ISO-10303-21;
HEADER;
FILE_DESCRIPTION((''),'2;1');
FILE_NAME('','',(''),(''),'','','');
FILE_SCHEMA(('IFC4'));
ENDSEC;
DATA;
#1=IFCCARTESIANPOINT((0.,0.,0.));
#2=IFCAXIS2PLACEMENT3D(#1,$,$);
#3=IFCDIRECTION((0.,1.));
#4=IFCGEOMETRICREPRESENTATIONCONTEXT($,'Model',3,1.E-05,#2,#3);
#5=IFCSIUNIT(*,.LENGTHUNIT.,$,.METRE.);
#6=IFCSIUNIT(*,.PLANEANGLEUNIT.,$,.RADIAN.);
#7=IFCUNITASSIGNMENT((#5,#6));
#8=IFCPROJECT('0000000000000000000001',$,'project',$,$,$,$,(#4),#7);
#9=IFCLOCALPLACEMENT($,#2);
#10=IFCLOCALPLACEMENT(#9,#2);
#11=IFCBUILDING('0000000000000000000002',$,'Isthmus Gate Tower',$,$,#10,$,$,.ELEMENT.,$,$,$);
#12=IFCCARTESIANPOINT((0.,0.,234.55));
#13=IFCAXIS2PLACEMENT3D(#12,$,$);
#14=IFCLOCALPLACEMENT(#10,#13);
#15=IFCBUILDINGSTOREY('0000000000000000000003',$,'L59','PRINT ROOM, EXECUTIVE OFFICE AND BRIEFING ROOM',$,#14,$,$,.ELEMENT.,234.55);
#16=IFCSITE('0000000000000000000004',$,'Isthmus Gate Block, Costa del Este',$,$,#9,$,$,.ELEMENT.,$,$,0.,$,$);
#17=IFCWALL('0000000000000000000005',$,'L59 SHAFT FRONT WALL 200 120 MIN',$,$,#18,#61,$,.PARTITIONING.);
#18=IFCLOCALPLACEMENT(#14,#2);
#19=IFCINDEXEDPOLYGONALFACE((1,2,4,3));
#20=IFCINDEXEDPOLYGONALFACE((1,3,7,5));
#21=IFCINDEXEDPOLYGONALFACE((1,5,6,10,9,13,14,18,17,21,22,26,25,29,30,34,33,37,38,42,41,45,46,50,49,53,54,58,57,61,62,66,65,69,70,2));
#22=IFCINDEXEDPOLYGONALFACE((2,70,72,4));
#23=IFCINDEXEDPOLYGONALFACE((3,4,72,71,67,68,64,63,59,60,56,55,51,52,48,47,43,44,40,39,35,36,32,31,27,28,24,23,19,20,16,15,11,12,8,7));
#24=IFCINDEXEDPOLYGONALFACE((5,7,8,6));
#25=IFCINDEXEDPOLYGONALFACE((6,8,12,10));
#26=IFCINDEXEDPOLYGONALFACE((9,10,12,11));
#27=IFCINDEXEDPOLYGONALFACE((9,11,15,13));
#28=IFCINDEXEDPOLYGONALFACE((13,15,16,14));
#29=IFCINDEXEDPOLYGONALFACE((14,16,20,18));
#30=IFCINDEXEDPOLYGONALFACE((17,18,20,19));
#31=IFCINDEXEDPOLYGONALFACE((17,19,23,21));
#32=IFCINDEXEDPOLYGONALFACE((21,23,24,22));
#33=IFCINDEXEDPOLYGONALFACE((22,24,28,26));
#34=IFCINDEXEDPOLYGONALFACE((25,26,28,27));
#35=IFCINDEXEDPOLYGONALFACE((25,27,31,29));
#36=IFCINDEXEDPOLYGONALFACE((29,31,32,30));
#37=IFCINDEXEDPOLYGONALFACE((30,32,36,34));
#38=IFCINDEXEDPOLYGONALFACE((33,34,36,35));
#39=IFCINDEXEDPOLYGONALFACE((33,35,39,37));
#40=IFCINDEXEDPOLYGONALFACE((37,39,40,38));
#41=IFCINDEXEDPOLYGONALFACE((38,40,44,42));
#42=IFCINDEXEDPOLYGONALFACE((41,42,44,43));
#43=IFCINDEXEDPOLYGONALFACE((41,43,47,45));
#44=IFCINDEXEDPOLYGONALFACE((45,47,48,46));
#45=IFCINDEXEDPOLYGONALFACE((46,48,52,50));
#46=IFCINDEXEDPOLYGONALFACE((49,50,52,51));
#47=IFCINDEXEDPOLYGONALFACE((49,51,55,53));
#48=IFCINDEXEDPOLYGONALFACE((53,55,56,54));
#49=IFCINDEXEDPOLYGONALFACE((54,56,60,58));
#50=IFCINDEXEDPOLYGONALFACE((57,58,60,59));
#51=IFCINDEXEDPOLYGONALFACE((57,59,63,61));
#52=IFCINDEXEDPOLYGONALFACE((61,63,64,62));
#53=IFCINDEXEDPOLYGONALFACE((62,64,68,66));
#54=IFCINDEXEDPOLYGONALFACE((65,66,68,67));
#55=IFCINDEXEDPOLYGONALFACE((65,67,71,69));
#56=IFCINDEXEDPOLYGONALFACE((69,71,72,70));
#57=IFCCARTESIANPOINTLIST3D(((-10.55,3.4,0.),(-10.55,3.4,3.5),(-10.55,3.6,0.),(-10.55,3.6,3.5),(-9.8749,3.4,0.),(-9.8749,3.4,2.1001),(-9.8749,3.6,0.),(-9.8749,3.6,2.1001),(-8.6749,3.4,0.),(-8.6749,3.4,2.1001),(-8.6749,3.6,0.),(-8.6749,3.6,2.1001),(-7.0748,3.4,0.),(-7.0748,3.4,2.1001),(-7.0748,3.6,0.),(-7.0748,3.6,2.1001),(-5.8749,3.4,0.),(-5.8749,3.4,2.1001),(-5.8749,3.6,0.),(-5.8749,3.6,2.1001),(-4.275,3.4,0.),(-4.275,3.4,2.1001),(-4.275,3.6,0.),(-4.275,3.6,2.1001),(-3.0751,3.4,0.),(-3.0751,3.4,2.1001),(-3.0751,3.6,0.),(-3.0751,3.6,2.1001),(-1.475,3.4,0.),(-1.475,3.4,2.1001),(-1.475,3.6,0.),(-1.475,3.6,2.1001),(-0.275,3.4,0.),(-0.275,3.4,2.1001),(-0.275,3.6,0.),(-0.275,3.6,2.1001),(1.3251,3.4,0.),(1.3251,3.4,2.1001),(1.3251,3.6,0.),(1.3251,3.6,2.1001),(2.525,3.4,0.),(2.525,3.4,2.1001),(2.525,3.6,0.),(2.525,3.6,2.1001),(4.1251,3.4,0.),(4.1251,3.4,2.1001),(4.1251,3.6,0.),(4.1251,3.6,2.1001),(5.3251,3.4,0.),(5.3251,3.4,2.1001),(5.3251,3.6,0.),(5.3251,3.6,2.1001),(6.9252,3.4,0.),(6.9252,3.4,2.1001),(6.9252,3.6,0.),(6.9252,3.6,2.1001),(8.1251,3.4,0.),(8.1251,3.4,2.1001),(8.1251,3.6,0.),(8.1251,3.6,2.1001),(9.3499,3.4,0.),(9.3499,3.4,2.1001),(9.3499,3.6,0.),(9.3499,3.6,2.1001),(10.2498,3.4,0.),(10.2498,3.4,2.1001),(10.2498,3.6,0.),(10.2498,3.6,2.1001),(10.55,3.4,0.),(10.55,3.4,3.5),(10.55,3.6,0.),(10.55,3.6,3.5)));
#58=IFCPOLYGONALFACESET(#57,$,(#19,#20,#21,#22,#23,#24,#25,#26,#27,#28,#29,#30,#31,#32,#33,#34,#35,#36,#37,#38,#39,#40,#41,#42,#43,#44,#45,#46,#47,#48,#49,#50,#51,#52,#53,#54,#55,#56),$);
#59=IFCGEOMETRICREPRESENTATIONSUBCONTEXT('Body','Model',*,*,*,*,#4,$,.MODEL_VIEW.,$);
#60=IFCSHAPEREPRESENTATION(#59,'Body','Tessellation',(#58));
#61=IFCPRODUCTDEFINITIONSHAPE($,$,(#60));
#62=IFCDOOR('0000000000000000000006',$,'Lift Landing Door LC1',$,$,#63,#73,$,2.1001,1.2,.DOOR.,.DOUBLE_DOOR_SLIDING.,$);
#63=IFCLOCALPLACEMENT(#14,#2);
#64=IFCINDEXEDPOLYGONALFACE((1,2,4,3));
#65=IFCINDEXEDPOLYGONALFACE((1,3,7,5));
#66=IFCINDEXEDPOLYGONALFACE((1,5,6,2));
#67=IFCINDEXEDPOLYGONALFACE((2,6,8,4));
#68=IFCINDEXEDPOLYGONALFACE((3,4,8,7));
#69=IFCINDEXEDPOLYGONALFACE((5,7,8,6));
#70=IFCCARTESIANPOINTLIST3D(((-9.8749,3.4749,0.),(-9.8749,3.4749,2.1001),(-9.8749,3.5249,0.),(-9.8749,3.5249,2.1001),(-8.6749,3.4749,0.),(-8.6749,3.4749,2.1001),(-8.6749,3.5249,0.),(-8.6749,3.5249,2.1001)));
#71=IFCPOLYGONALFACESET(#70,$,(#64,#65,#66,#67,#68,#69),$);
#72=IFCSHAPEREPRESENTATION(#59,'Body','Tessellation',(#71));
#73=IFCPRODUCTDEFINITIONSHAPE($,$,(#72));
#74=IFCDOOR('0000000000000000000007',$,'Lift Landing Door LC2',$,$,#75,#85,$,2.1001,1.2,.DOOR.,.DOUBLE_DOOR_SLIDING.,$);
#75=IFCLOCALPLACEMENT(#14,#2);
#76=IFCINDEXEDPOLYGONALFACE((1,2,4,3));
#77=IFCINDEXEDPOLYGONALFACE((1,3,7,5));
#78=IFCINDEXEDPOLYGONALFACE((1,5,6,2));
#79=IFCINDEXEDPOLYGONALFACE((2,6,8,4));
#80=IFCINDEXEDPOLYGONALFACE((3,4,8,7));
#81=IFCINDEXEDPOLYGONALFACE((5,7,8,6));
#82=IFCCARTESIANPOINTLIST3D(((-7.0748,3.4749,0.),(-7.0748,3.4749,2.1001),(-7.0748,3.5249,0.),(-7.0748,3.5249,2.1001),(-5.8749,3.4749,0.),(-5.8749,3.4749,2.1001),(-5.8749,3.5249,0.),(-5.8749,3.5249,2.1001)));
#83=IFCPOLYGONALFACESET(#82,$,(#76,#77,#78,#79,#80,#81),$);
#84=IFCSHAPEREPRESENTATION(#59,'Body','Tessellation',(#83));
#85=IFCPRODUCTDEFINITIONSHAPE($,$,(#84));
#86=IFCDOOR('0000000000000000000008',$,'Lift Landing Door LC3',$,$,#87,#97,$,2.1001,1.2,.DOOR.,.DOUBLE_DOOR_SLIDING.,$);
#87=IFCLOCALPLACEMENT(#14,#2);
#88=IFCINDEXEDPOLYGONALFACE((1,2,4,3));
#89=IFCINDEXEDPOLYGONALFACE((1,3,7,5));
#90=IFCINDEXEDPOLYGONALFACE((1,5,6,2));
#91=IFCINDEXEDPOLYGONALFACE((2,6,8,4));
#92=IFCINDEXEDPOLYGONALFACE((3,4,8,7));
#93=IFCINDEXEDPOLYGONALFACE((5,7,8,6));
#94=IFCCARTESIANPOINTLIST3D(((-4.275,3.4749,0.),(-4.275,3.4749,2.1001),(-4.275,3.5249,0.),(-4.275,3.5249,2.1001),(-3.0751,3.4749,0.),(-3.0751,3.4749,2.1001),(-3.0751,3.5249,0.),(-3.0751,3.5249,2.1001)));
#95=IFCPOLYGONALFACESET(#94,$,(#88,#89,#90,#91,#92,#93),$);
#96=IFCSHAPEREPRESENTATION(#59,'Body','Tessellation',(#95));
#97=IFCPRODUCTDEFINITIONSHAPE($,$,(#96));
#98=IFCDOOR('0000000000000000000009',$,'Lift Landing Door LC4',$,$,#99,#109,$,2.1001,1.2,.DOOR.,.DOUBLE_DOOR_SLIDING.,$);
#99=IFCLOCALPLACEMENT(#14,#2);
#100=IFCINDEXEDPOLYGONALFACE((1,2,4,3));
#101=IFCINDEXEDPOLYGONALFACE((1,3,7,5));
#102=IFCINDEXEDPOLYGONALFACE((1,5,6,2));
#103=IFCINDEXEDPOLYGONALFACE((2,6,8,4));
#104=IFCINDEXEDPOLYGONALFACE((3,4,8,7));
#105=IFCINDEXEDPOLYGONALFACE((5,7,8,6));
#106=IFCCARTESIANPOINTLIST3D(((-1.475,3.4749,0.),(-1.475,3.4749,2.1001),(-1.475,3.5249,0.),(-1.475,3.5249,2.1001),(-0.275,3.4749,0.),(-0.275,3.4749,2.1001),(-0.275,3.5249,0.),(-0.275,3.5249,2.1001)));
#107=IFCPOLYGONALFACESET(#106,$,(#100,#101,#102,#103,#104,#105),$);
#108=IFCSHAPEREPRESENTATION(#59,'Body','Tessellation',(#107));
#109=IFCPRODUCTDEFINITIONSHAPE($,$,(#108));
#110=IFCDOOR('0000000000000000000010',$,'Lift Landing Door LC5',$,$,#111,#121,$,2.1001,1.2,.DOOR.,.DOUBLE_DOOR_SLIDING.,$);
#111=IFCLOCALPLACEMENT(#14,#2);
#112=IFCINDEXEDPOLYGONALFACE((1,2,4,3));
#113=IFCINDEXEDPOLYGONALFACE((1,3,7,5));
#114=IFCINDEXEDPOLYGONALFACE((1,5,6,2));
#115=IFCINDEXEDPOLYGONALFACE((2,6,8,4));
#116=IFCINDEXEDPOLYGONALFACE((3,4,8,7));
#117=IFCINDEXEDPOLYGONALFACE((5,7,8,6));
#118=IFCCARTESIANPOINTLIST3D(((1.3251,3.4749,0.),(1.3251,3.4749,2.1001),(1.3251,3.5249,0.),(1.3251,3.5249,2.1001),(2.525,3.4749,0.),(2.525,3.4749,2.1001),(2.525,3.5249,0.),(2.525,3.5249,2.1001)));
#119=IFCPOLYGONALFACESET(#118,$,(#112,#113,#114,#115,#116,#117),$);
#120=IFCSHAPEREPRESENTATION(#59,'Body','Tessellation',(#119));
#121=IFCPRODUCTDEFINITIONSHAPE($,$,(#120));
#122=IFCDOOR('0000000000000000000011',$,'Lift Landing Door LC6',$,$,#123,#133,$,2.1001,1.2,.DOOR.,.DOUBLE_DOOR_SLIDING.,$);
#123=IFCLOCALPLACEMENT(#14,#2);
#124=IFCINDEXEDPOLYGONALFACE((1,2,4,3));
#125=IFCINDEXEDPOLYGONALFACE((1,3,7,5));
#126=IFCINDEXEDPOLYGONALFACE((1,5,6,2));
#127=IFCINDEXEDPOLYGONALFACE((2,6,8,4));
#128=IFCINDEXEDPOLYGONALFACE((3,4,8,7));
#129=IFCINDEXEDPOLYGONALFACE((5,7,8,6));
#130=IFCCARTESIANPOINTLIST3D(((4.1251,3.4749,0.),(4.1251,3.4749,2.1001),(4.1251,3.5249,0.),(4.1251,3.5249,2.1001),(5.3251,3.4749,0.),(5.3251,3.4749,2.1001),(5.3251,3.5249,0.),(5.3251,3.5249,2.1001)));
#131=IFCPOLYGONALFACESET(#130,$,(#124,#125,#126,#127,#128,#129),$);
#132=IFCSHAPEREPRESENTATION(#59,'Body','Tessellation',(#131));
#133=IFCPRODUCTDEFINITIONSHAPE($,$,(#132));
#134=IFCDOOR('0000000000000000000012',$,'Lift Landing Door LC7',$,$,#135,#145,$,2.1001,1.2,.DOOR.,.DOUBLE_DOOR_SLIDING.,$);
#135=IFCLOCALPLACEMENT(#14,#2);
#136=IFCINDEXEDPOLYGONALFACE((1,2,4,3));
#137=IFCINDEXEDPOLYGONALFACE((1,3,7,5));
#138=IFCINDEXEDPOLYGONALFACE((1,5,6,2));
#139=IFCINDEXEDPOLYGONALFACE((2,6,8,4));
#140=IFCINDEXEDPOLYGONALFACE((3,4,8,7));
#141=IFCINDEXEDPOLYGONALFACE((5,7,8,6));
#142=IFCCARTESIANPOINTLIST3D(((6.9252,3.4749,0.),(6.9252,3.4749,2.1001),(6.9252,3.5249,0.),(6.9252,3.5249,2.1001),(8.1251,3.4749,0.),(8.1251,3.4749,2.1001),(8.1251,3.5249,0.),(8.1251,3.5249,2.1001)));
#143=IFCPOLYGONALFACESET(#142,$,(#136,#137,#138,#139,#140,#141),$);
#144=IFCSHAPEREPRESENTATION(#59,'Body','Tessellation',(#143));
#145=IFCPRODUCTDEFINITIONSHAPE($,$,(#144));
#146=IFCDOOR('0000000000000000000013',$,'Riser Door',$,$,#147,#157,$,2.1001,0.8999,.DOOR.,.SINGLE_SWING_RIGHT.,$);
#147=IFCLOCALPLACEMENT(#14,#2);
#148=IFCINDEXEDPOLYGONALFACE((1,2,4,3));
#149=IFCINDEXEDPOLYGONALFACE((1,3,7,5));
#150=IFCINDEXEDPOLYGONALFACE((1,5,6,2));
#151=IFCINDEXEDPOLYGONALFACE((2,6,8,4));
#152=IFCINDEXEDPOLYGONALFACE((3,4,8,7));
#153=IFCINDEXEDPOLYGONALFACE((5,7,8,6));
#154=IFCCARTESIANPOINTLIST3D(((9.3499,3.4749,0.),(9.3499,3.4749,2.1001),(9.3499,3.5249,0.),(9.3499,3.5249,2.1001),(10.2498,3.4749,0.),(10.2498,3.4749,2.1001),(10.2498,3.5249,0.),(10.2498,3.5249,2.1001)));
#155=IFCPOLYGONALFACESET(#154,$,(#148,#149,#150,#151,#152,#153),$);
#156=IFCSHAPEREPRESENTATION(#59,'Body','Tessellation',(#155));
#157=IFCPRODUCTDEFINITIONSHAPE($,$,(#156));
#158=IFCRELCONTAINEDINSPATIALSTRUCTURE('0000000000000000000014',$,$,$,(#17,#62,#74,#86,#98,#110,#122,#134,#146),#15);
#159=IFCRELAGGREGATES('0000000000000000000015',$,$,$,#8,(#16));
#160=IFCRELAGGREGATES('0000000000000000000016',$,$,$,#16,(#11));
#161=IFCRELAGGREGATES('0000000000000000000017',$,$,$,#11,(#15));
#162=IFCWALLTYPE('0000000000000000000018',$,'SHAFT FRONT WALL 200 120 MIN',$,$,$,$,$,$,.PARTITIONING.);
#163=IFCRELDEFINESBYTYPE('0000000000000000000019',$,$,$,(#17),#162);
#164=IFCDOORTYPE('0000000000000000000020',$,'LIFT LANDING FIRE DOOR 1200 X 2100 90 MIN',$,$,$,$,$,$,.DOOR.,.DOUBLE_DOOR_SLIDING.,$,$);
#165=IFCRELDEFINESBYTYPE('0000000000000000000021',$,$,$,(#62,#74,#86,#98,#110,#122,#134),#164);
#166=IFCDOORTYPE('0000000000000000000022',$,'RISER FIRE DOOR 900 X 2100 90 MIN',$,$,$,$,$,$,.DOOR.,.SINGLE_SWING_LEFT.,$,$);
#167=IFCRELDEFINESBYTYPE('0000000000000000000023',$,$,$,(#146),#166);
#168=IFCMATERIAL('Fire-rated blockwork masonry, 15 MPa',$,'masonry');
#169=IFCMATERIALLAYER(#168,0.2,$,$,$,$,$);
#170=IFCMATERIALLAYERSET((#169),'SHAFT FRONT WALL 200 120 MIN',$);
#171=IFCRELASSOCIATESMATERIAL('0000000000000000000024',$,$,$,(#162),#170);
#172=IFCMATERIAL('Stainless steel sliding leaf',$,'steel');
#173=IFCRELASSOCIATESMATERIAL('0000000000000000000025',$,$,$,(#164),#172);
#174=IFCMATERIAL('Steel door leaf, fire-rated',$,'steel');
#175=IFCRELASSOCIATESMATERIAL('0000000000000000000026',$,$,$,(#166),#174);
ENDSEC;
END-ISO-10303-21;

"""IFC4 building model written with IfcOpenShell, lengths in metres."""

from ifc_helpers import new_model, si_unit, direction, frame, frame_2d, origin, place, context, subcontext, project, spatial, rectangle, extrude, material, layer, layer_set, type_object, element, fill, save


model = new_model("IFC4")

# Units and contexts
model_context = context("Model", 3, precision=1e-05, world=origin(), true_north=direction((0.0, 1.0)))
body_context = subcontext(model_context, "Body", "Model", "MODEL_VIEW")
ifc_project = project(units=[si_unit("LENGTHUNIT", "METRE"), si_unit("PLANEANGLEUNIT", "RADIAN")], contexts=[model_context])

# Site, building, storey
site_placement = place(None, origin())
site = spatial("IfcSite", under=ifc_project, at=site_placement, Name="Isthmus Gate Block, Costa del Este", CompositionType="ELEMENT", RefElevation=0.0)
building_placement = place(site_placement, origin())
building = spatial("IfcBuilding", under=site, at=building_placement, Name="Isthmus Gate Tower", CompositionType="ELEMENT")
storey_placement = place(building_placement, frame((0.0, 0.0, 234.55)))
storey = spatial("IfcBuildingStorey", under=building, at=storey_placement, Name="L59", Description="PRINT ROOM, EXECUTIVE OFFICE AND BRIEFING ROOM", CompositionType="ELEMENT", Elevation=234.55)

# Wall, openings, doors
ifc_material_1 = material(Name="Fire-rated blockwork masonry, 15 MPa", Category="masonry")
ifc_layer_1 = layer(ifc_material_1, 0.2)
ifc_layer_set_1 = layer_set([ifc_layer_1], Name="SHAFT FRONT WALL 200 120 MIN")
wall_type_1 = type_object("IfcWallType", Name="SHAFT FRONT WALL 200 120 MIN", PredefinedType="PARTITIONING", material=ifc_layer_set_1)
wall_1_placement = place(storey_placement, frame((-10.55, 3.5, 0.0), z_axis=(0.0, 0.0, 1.0), x_axis=(1.0, 0.0, 0.0)))
wall_1 = element("IfcWall", 1, at=wall_1_placement, inside=storey, type_object=wall_type_1, Name="L59 SHAFT FRONT WALL 200 120 MIN", PredefinedType="PARTITIONING", context=body_context, shape_type="SweptSolid", body=[
    extrude(rectangle(XDim=21.1001, YDim=0.2, at=frame_2d((10.55, 0.0))), origin(), (0.0, 0.0, 1.0), 3.5),
])
opening_1_placement = place(wall_1_placement, frame((0.675, 0.0, 0.0)))
opening_1 = element("IfcOpeningElement", 2, at=opening_1_placement, cuts=wall_1, PredefinedType="OPENING", context=body_context, shape_type="SweptSolid", body=[
    extrude(rectangle(XDim=1.2, YDim=2.1001, at=frame_2d((0.6001, 1.05))), frame((0.0, 0.1099, 0.0), z_axis=(0.0, -1.0, 0.0), x_axis=(1.0, 0.0, 0.0)), (0.0, 0.0, 1.0), 0.22),
])
opening_2_placement = place(wall_1_placement, frame((3.4751, 0.0, 0.0)))
opening_2 = element("IfcOpeningElement", 3, at=opening_2_placement, cuts=wall_1, PredefinedType="OPENING", context=body_context, shape_type="SweptSolid", body=[
    extrude(rectangle(XDim=1.2, YDim=2.1001, at=frame_2d((0.6001, 1.05))), frame((0.0, 0.1099, 0.0), z_axis=(0.0, -1.0, 0.0), x_axis=(1.0, 0.0, 0.0)), (0.0, 0.0, 1.0), 0.22),
])
opening_3_placement = place(wall_1_placement, frame((6.2749, 0.0, 0.0)))
opening_3 = element("IfcOpeningElement", 4, at=opening_3_placement, cuts=wall_1, PredefinedType="OPENING", context=body_context, shape_type="SweptSolid", body=[
    extrude(rectangle(XDim=1.2, YDim=2.1001, at=frame_2d((0.6001, 1.05))), frame((0.0, 0.1099, 0.0), z_axis=(0.0, -1.0, 0.0), x_axis=(1.0, 0.0, 0.0)), (0.0, 0.0, 1.0), 0.22),
])
opening_4_placement = place(wall_1_placement, frame((9.075, 0.0, 0.0)))
opening_4 = element("IfcOpeningElement", 5, at=opening_4_placement, cuts=wall_1, PredefinedType="OPENING", context=body_context, shape_type="SweptSolid", body=[
    extrude(rectangle(XDim=1.2, YDim=2.1001, at=frame_2d((0.6001, 1.05))), frame((0.0, 0.1099, 0.0), z_axis=(0.0, -1.0, 0.0), x_axis=(1.0, 0.0, 0.0)), (0.0, 0.0, 1.0), 0.22),
])
opening_5_placement = place(wall_1_placement, frame((11.875, 0.0, 0.0)))
opening_5 = element("IfcOpeningElement", 6, at=opening_5_placement, cuts=wall_1, PredefinedType="OPENING", context=body_context, shape_type="SweptSolid", body=[
    extrude(rectangle(XDim=1.2, YDim=2.1001, at=frame_2d((0.6001, 1.05))), frame((0.0, 0.1099, 0.0), z_axis=(0.0, -1.0, 0.0), x_axis=(1.0, 0.0, 0.0)), (0.0, 0.0, 1.0), 0.22),
])
opening_6_placement = place(wall_1_placement, frame((14.675, 0.0, 0.0)))
opening_6 = element("IfcOpeningElement", 7, at=opening_6_placement, cuts=wall_1, PredefinedType="OPENING", context=body_context, shape_type="SweptSolid", body=[
    extrude(rectangle(XDim=1.2, YDim=2.1001, at=frame_2d((0.6001, 1.05))), frame((0.0, 0.1099, 0.0), z_axis=(0.0, -1.0, 0.0), x_axis=(1.0, 0.0, 0.0)), (0.0, 0.0, 1.0), 0.22),
])
opening_7_placement = place(wall_1_placement, frame((17.4751, 0.0, 0.0)))
opening_7 = element("IfcOpeningElement", 8, at=opening_7_placement, cuts=wall_1, PredefinedType="OPENING", context=body_context, shape_type="SweptSolid", body=[
    extrude(rectangle(XDim=1.2, YDim=2.1001, at=frame_2d((0.6001, 1.05))), frame((0.0, 0.1099, 0.0), z_axis=(0.0, -1.0, 0.0), x_axis=(1.0, 0.0, 0.0)), (0.0, 0.0, 1.0), 0.22),
])
opening_8_placement = place(wall_1_placement, frame((19.8999, 0.0, 0.0)))
opening_8 = element("IfcOpeningElement", 9, at=opening_8_placement, cuts=wall_1, PredefinedType="OPENING", context=body_context, shape_type="SweptSolid", body=[
    extrude(rectangle(XDim=0.8999, YDim=2.1001, at=frame_2d((0.45, 1.05))), frame((0.0, 0.1099, 0.0), z_axis=(0.0, -1.0, 0.0), x_axis=(1.0, 0.0, 0.0)), (0.0, 0.0, 1.0), 0.22),
])
ifc_material_2 = material(Name="Stainless steel sliding leaf", Category="steel")
door_type_1 = type_object("IfcDoorType", Name="LIFT LANDING FIRE DOOR 1200 X 2100 90 MIN", OperationType="DOUBLE_DOOR_SLIDING", PredefinedType="DOOR", material=ifc_material_2)
door_1_placement = place(opening_1_placement, origin())
door_1 = element("IfcDoor", 10, at=door_1_placement, inside=storey, type_object=door_type_1, Name="Lift Landing Door LC1", OperationType="DOUBLE_DOOR_SLIDING", OverallHeight=2.1001, OverallWidth=1.2, PredefinedType="DOOR", context=body_context, shape_type="SweptSolid", body=[
    extrude(rectangle(XDim=1.2, YDim=2.1001, at=frame_2d((0.6001, 1.05))), frame((0.0, 0.0249, 0.0), z_axis=(0.0, -1.0, 0.0), x_axis=(1.0, 0.0, 0.0)), (0.0, 0.0, 1.0), 0.05),
])
fill(opening_1, door_1)
door_2_placement = place(opening_2_placement, origin())
door_2 = element("IfcDoor", 11, at=door_2_placement, inside=storey, type_object=door_type_1, Name="Lift Landing Door LC2", OperationType="DOUBLE_DOOR_SLIDING", OverallHeight=2.1001, OverallWidth=1.2, PredefinedType="DOOR", context=body_context, shape_type="SweptSolid", body=[
    extrude(rectangle(XDim=1.2, YDim=2.1001, at=frame_2d((0.6001, 1.05))), frame((0.0, 0.0249, 0.0), z_axis=(0.0, -1.0, 0.0), x_axis=(1.0, 0.0, 0.0)), (0.0, 0.0, 1.0), 0.05),
])
fill(opening_2, door_2)
door_3_placement = place(opening_3_placement, origin())
door_3 = element("IfcDoor", 12, at=door_3_placement, inside=storey, type_object=door_type_1, Name="Lift Landing Door LC3", OperationType="DOUBLE_DOOR_SLIDING", OverallHeight=2.1001, OverallWidth=1.2, PredefinedType="DOOR", context=body_context, shape_type="SweptSolid", body=[
    extrude(rectangle(XDim=1.2, YDim=2.1001, at=frame_2d((0.6001, 1.05))), frame((0.0, 0.0249, 0.0), z_axis=(0.0, -1.0, 0.0), x_axis=(1.0, 0.0, 0.0)), (0.0, 0.0, 1.0), 0.05),
])
fill(opening_3, door_3)
door_4_placement = place(opening_4_placement, origin())
door_4 = element("IfcDoor", 13, at=door_4_placement, inside=storey, type_object=door_type_1, Name="Lift Landing Door LC4", OperationType="DOUBLE_DOOR_SLIDING", OverallHeight=2.1001, OverallWidth=1.2, PredefinedType="DOOR", context=body_context, shape_type="SweptSolid", body=[
    extrude(rectangle(XDim=1.2, YDim=2.1001, at=frame_2d((0.6001, 1.05))), frame((0.0, 0.0249, 0.0), z_axis=(0.0, -1.0, 0.0), x_axis=(1.0, 0.0, 0.0)), (0.0, 0.0, 1.0), 0.05),
])
fill(opening_4, door_4)
door_5_placement = place(opening_5_placement, origin())
door_5 = element("IfcDoor", 14, at=door_5_placement, inside=storey, type_object=door_type_1, Name="Lift Landing Door LC5", OperationType="DOUBLE_DOOR_SLIDING", OverallHeight=2.1001, OverallWidth=1.2, PredefinedType="DOOR", context=body_context, shape_type="SweptSolid", body=[
    extrude(rectangle(XDim=1.2, YDim=2.1001, at=frame_2d((0.6001, 1.05))), frame((0.0, 0.0249, 0.0), z_axis=(0.0, -1.0, 0.0), x_axis=(1.0, 0.0, 0.0)), (0.0, 0.0, 1.0), 0.05),
])
fill(opening_5, door_5)
door_6_placement = place(opening_6_placement, origin())
door_6 = element("IfcDoor", 15, at=door_6_placement, inside=storey, type_object=door_type_1, Name="Lift Landing Door LC6", OperationType="DOUBLE_DOOR_SLIDING", OverallHeight=2.1001, OverallWidth=1.2, PredefinedType="DOOR", context=body_context, shape_type="SweptSolid", body=[
    extrude(rectangle(XDim=1.2, YDim=2.1001, at=frame_2d((0.6001, 1.05))), frame((0.0, 0.0249, 0.0), z_axis=(0.0, -1.0, 0.0), x_axis=(1.0, 0.0, 0.0)), (0.0, 0.0, 1.0), 0.05),
])
fill(opening_6, door_6)
door_7_placement = place(opening_7_placement, origin())
door_7 = element("IfcDoor", 16, at=door_7_placement, inside=storey, type_object=door_type_1, Name="Lift Landing Door LC7", OperationType="DOUBLE_DOOR_SLIDING", OverallHeight=2.1001, OverallWidth=1.2, PredefinedType="DOOR", context=body_context, shape_type="SweptSolid", body=[
    extrude(rectangle(XDim=1.2, YDim=2.1001, at=frame_2d((0.6001, 1.05))), frame((0.0, 0.0249, 0.0), z_axis=(0.0, -1.0, 0.0), x_axis=(1.0, 0.0, 0.0)), (0.0, 0.0, 1.0), 0.05),
])
fill(opening_7, door_7)
ifc_material_3 = material(Name="Steel door leaf, fire-rated", Category="steel")
door_type_2 = type_object("IfcDoorType", Name="RISER FIRE DOOR 900 X 2100 90 MIN", OperationType="SINGLE_SWING_LEFT", PredefinedType="DOOR", material=ifc_material_3)
door_8_placement = place(opening_8_placement, origin())
door_8 = element("IfcDoor", 17, at=door_8_placement, inside=storey, type_object=door_type_2, Name="Riser Door", OperationType="SINGLE_SWING_RIGHT", OverallHeight=2.1001, OverallWidth=0.8999, PredefinedType="DOOR", context=body_context, shape_type="SweptSolid", body=[
    extrude(rectangle(XDim=0.8999, YDim=2.1001, at=frame_2d((0.45, 1.05))), frame((0.0, 0.0249, 0.0), z_axis=(0.0, -1.0, 0.0), x_axis=(1.0, 0.0, 0.0)), (0.0, 0.0, 1.0), 0.05),
])
fill(opening_8, door_8)

save(model, "model.ifc")
